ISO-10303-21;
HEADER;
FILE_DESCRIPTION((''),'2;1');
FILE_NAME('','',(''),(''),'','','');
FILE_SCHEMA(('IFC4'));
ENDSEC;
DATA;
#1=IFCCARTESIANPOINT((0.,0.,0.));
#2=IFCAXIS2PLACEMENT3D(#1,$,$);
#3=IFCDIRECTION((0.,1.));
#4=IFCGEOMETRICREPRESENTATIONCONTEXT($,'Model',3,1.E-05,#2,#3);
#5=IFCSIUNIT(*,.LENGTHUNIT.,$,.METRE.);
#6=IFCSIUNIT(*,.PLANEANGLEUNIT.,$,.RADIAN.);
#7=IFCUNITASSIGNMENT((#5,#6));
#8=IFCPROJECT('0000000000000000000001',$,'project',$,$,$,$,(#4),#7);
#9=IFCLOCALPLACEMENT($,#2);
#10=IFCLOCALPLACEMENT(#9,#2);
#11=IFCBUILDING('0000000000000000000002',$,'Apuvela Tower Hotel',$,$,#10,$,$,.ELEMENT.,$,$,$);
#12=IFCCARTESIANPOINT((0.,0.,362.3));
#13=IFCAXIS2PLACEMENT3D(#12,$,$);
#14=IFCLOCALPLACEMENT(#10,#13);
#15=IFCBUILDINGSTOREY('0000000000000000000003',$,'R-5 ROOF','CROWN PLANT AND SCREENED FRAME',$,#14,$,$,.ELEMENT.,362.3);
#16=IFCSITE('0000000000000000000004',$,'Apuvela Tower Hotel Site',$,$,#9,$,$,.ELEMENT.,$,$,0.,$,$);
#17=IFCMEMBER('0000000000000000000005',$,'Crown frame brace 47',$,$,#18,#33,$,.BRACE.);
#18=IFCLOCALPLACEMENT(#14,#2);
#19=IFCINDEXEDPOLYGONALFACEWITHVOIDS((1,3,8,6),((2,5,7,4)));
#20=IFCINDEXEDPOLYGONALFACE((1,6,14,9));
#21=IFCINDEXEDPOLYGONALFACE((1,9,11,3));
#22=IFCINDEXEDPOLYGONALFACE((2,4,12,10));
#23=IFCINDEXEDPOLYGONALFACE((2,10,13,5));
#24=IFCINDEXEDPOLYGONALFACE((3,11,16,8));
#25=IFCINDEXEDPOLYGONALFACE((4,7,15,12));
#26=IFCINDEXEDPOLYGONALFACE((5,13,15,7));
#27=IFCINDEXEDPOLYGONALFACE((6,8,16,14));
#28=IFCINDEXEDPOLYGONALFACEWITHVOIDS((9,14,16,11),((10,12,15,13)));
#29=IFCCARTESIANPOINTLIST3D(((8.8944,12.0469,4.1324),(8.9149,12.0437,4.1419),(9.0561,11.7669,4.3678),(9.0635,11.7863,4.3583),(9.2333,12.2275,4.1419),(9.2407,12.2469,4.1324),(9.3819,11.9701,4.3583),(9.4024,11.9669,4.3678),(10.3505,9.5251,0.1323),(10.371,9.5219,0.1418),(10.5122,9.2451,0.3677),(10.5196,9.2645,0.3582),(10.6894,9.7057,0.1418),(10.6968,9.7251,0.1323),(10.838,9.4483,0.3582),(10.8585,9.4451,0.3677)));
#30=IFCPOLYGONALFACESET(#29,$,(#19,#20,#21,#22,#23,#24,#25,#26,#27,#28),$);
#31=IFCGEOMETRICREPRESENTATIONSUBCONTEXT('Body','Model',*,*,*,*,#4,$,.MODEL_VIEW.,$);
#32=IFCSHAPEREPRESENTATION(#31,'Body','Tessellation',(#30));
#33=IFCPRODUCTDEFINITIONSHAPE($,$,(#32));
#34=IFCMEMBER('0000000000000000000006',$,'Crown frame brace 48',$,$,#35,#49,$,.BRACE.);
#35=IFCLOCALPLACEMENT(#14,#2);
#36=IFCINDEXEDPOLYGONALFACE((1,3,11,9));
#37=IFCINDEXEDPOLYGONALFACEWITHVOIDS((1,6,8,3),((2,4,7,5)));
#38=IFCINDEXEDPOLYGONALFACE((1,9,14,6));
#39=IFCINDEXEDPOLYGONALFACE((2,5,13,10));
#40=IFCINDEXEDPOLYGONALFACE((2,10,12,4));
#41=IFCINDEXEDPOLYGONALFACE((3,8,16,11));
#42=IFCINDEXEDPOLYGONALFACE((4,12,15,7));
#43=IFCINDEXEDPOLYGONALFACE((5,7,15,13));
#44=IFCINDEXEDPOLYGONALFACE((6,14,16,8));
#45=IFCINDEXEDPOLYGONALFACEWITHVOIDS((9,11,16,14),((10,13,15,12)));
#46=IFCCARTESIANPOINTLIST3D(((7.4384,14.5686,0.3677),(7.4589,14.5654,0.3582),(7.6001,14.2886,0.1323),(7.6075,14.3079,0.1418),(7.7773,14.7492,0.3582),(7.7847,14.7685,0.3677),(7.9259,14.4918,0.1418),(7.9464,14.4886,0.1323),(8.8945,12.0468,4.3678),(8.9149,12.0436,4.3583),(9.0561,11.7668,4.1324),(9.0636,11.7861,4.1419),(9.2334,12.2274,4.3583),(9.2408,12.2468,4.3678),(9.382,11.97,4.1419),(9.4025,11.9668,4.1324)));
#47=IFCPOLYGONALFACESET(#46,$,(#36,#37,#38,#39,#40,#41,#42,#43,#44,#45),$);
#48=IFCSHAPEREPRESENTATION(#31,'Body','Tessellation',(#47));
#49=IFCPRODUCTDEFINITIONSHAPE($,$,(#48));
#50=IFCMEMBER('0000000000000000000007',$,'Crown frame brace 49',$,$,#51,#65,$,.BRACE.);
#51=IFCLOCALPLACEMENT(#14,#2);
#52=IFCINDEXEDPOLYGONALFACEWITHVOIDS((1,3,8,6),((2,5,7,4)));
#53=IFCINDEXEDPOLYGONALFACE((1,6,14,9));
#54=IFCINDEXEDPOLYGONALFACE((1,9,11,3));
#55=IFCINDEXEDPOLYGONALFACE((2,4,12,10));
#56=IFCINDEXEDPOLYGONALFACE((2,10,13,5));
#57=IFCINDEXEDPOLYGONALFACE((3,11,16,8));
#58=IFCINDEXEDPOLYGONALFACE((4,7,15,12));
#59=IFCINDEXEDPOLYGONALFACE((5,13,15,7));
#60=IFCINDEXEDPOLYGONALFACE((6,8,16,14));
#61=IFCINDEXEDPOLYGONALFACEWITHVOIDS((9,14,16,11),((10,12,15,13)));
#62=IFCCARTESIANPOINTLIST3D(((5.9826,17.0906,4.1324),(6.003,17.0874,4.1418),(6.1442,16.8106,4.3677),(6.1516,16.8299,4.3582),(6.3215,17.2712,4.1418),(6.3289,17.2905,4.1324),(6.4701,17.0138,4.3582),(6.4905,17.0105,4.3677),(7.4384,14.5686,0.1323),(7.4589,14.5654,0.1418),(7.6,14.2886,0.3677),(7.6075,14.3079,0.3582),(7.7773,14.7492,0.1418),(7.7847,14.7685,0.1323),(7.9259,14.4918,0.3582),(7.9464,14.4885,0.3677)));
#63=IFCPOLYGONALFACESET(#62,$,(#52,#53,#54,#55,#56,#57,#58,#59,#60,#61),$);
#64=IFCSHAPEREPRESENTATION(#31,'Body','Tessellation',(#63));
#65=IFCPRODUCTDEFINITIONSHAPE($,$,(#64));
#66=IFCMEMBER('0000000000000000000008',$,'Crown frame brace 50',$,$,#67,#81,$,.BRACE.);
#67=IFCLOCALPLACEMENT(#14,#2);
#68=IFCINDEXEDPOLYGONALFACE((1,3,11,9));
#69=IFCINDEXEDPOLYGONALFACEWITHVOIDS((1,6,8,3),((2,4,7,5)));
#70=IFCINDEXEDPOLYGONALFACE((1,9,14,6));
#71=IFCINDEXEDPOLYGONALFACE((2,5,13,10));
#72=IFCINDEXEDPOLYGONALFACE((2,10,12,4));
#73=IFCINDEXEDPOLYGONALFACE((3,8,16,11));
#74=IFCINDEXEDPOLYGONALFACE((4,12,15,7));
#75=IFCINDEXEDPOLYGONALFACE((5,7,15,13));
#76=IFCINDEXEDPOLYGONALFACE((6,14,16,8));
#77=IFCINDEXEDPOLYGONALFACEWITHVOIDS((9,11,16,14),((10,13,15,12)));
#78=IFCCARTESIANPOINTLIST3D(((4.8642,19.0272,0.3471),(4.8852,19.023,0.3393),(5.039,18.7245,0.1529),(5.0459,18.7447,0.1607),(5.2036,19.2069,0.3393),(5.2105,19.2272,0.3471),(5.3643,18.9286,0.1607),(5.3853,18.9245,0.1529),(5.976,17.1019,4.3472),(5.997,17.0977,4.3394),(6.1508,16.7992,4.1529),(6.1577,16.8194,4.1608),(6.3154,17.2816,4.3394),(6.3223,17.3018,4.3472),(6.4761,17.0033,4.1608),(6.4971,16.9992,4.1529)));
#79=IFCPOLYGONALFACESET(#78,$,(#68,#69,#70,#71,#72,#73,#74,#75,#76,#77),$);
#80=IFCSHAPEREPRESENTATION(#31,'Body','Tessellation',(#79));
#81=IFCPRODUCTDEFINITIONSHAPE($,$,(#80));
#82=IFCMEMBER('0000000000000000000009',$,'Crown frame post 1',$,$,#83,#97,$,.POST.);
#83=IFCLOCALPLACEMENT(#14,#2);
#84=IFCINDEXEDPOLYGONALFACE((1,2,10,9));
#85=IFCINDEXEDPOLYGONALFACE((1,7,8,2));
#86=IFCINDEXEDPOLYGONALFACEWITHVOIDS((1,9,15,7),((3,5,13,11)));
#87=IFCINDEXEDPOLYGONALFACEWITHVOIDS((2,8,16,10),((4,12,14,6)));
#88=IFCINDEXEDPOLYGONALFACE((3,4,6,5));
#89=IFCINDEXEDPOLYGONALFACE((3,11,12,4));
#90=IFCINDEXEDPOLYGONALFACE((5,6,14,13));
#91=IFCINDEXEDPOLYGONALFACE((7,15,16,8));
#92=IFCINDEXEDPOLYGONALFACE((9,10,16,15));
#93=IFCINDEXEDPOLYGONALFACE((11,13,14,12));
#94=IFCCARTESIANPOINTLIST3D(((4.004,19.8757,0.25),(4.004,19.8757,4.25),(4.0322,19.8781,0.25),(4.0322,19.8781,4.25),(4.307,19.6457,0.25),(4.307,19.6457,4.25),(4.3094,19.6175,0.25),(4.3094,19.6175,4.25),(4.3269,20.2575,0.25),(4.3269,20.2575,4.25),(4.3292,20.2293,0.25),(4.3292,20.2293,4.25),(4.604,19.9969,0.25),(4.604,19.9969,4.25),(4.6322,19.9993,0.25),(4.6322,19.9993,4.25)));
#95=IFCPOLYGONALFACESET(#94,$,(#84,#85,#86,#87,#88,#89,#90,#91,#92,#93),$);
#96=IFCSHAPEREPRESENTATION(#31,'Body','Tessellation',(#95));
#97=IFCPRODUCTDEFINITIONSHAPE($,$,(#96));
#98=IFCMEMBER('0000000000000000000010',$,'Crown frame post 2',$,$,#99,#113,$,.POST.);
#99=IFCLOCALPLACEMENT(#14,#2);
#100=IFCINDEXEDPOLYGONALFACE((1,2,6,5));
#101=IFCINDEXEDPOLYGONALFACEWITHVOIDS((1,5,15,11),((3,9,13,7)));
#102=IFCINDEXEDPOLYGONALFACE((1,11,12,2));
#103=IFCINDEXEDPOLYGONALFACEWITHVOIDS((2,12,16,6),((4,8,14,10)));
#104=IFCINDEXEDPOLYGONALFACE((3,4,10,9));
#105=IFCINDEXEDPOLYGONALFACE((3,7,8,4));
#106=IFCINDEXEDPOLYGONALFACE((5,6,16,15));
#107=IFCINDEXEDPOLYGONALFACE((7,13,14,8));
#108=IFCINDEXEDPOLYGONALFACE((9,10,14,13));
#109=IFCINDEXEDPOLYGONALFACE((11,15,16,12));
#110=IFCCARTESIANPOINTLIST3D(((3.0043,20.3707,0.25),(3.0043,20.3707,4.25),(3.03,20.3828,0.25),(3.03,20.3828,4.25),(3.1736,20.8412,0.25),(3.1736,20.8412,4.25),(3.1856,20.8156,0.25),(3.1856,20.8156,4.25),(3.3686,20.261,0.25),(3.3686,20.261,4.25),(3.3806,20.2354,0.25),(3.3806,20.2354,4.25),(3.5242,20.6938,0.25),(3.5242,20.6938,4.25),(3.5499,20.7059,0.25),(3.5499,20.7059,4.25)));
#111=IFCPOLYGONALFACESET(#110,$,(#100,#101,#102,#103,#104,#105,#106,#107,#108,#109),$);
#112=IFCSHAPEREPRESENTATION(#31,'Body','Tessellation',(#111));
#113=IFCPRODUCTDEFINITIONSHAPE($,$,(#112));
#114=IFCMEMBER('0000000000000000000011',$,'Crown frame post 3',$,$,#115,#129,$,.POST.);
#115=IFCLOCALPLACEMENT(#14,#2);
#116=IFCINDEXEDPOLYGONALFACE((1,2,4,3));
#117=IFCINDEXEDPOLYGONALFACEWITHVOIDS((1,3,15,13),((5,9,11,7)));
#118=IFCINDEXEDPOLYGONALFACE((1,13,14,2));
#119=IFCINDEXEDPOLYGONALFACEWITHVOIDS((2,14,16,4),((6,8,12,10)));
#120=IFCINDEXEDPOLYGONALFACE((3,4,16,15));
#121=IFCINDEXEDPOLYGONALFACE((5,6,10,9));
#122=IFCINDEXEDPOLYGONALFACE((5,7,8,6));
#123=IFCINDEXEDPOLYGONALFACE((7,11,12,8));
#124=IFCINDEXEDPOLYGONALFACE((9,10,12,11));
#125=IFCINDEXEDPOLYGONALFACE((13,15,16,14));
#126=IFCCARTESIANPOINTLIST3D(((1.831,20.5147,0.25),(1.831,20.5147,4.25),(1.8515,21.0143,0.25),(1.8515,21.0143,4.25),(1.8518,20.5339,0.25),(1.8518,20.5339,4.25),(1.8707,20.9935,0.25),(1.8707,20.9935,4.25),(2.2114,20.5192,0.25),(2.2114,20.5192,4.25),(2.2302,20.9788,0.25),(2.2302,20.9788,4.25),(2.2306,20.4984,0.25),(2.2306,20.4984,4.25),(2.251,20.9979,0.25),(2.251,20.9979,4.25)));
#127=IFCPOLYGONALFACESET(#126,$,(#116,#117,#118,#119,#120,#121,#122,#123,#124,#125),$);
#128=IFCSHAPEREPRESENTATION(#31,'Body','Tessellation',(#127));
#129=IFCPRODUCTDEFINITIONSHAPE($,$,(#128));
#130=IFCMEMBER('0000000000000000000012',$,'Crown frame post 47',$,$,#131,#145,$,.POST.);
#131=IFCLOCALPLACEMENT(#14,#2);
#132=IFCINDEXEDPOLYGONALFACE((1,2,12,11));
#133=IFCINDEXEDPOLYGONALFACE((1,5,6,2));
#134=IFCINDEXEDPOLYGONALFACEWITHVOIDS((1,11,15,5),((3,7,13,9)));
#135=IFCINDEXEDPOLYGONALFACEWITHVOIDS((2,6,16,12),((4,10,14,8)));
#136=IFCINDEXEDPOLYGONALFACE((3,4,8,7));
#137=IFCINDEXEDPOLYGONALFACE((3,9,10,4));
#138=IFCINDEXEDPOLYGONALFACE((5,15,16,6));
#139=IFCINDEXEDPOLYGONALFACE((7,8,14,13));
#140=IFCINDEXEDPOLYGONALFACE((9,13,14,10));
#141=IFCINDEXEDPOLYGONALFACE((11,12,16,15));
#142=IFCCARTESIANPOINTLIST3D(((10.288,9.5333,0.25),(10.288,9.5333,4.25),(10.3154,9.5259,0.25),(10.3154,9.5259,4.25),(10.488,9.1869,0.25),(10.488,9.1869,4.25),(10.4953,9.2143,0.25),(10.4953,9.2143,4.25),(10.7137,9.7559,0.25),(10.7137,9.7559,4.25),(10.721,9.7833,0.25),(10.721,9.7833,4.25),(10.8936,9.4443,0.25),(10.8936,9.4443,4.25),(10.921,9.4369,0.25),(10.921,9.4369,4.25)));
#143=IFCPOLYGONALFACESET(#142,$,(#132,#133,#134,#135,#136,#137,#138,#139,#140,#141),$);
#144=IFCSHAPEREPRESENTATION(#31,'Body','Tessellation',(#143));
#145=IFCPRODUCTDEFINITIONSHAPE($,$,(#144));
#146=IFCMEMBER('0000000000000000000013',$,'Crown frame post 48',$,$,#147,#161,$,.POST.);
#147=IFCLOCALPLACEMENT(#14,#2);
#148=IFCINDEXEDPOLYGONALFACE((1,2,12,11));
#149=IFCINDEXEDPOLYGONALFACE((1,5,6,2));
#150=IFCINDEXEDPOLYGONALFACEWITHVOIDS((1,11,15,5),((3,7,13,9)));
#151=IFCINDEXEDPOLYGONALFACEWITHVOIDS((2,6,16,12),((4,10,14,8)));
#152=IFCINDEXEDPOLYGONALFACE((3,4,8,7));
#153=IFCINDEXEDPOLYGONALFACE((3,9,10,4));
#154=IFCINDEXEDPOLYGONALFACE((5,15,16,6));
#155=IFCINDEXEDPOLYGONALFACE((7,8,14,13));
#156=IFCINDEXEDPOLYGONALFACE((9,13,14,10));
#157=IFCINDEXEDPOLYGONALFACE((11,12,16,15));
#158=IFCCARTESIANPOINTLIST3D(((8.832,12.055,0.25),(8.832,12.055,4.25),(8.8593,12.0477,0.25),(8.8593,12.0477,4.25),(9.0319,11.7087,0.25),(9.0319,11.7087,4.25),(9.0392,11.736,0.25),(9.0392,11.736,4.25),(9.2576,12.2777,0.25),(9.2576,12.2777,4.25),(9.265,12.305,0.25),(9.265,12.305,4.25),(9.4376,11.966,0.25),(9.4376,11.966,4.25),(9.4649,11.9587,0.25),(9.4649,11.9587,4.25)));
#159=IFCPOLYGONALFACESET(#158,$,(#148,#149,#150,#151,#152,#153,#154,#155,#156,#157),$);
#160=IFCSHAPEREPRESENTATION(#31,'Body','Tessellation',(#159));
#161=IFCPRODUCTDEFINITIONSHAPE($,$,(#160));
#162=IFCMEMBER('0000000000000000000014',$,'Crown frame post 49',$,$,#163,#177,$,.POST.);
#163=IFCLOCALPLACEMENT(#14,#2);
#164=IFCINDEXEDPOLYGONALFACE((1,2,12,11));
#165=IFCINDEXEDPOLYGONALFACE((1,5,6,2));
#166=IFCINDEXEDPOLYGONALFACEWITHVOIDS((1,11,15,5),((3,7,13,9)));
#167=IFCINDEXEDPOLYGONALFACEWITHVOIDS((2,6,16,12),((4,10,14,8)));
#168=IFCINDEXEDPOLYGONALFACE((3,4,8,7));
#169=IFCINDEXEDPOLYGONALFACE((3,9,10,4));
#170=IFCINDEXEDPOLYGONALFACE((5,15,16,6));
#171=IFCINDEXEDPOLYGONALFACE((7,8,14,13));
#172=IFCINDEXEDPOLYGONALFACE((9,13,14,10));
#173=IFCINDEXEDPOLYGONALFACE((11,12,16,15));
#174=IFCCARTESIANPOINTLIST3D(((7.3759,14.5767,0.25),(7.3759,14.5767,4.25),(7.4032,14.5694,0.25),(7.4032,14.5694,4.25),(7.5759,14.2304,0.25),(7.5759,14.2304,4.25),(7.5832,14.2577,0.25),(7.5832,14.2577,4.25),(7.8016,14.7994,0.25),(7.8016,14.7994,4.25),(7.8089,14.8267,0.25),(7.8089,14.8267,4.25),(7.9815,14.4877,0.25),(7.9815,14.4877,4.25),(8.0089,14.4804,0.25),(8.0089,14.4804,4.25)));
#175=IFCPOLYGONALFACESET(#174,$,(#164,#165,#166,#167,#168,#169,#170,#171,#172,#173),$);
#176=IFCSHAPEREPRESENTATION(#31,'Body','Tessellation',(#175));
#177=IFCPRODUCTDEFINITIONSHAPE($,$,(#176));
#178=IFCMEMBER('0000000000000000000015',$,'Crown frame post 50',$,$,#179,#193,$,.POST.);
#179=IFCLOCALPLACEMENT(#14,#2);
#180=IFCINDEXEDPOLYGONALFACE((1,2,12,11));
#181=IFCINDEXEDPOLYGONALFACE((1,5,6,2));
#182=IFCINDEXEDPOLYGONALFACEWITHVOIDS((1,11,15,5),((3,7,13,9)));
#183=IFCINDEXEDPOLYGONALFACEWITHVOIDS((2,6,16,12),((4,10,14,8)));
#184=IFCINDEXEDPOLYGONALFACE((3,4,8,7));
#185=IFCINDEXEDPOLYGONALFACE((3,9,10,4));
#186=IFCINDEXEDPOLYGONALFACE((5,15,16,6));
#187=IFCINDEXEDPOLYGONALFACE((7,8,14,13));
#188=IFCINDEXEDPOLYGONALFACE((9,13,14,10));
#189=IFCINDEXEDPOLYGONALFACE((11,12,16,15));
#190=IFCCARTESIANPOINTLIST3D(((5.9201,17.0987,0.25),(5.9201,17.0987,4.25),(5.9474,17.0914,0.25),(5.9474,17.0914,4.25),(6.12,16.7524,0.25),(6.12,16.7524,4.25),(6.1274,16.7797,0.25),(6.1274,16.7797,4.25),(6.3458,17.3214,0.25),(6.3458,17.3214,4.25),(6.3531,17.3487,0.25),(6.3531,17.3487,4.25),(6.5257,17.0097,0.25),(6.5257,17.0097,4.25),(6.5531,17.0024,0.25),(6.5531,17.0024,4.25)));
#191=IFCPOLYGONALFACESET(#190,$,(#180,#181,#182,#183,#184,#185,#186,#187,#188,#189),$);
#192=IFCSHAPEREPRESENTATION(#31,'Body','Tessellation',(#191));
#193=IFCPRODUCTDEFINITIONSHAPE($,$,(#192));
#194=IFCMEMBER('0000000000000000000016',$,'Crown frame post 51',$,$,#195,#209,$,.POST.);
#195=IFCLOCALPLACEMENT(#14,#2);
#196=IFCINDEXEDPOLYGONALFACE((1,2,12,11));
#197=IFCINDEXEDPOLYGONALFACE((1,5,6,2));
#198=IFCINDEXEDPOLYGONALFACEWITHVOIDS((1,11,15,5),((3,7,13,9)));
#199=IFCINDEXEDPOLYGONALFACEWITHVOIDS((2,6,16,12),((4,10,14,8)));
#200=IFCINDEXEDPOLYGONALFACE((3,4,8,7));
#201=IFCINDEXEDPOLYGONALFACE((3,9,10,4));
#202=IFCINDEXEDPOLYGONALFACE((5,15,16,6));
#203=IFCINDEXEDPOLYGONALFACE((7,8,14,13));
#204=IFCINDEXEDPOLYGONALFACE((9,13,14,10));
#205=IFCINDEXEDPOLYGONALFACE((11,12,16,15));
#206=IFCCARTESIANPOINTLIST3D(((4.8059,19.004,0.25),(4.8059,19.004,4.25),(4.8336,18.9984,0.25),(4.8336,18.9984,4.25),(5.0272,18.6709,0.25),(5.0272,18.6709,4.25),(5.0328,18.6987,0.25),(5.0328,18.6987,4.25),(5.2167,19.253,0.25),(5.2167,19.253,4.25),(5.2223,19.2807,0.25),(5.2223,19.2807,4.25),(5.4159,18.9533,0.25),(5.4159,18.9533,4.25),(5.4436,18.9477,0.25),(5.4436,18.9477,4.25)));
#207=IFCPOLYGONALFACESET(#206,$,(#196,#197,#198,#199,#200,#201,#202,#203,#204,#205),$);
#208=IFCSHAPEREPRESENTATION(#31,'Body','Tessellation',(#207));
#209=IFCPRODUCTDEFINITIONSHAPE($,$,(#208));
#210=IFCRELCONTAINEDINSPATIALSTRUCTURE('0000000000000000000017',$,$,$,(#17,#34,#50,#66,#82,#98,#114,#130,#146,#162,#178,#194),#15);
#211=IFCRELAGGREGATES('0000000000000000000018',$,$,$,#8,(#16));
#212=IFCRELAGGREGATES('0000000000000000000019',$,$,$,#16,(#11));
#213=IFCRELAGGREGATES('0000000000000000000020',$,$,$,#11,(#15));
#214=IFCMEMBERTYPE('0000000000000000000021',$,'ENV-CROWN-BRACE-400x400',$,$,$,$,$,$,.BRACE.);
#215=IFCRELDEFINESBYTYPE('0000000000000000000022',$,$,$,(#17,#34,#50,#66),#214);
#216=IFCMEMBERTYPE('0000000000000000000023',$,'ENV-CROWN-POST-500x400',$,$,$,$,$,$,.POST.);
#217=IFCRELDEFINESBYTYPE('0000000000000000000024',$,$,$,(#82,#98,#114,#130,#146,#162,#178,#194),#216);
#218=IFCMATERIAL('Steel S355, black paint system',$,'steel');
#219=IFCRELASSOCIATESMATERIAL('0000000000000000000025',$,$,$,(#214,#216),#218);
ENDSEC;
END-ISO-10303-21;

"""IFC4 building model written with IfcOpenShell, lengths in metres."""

from ifc_helpers import new_model, si_unit, direction, frame, origin, origin_2d, place, context, subcontext, project, spatial, hollow_rectangle, extrude, material, material_profile, profile_set, type_object, element, save


model = new_model("IFC4")

# Units and contexts
model_context = context("Model", 3, precision=1e-05, world=origin(), true_north=direction((0.0, 1.0)))
body_context = subcontext(model_context, "Body", "Model", "MODEL_VIEW")
ifc_project = project(units=[si_unit("LENGTHUNIT", "METRE"), si_unit("PLANEANGLEUNIT", "RADIAN")], contexts=[model_context])

# Site, building, storey
site_placement = place(None, origin())
site = spatial("IfcSite", under=ifc_project, at=site_placement, Name="Apuvela Tower Hotel Site", CompositionType="ELEMENT", RefElevation=0.0)
building_placement = place(site_placement, origin())
building = spatial("IfcBuilding", under=site, at=building_placement, Name="Apuvela Tower Hotel", CompositionType="ELEMENT")
storey_placement = place(building_placement, frame((0.0, 0.0, 362.3)))
storey = spatial("IfcBuildingStorey", under=building, at=storey_placement, Name="R-5 ROOF", Description="CROWN PLANT AND SCREENED FRAME", CompositionType="ELEMENT", Elevation=362.3)

# Members
ifc_material_1 = material(Name="Steel S355, black paint system", Category="steel")
ifc_material_profile_1 = material_profile(ifc_material_1, hollow_rectangle(XDim=0.3999, YDim=0.3999, WallThickness=0.0161, at=origin_2d()), Name="HSS 400x400x16")
ifc_profile_set_1 = profile_set([ifc_material_profile_1], Name="Steel S355, black paint system")
member_type_1 = type_object("IfcMemberType", Name="ENV-CROWN-BRACE-400x400", PredefinedType="BRACE", material=ifc_profile_set_1)
for number, where, z_axis, x_axis, name in (
    (1, (10.6045, 9.4851, 0.25), (-0.294292, 0.509682, 0.808465), (-0.866005, -0.500035, 0.0), "Crown frame brace 47"),
    (2, (7.6924, 14.5286, 0.25), (0.294292, -0.509682, 0.808465), (0.866005, 0.500035, 0.0), "Crown frame brace 48"),
    (3, (7.6924, 14.5286, 0.25), (-0.29424, 0.509726, 0.808457), (-0.866063, -0.499935, 0.0), "Crown frame brace 49"),
):
    element("IfcMember", number, at=place(storey_placement, frame(where, z_axis=z_axis, x_axis=x_axis)), inside=storey, type_object=member_type_1, Name=name, PredefinedType="BRACE", context=body_context, shape_type="SweptSolid", body=[
        extrude(hollow_rectangle(XDim=0.3999, YDim=0.3999, WallThickness=0.0161, at=origin_2d()), origin(), (0.0, 0.0, 1.0), 4.9478),
    ])
member_1_placement = place(storey_placement, frame((5.1248, 18.9758, 0.25), z_axis=(0.242949, -0.420706, 0.874061), x_axis=(0.865977, 0.500084, 0.0)))
element("IfcMember", 4, at=member_1_placement, inside=storey, type_object=member_type_1, Name="Crown frame brace 50", PredefinedType="BRACE", context=body_context, shape_type="SweptSolid", body=[
    extrude(hollow_rectangle(XDim=0.3999, YDim=0.3999, WallThickness=0.0161, at=origin_2d()), origin(), (0.0, 0.0, 1.0), 4.5764),
])
ifc_material_profile_2 = material_profile(ifc_material_1, hollow_rectangle(XDim=0.3999, YDim=0.5, WallThickness=0.02, at=origin_2d()), Name="HSS 500x400x20")
ifc_profile_set_2 = profile_set([ifc_material_profile_2], Name="Steel S355, black paint system")
member_type_2 = type_object("IfcMemberType", Name="ENV-CROWN-POST-500x400", PredefinedType="POST", material=ifc_profile_set_2)
for number, where, z_axis, x_axis, name in (
    (5, (4.3181, 19.9375, 0.25), (0.0, 0.0, 1.0), (-0.76358, 0.645714, 0.0), "Crown frame post 1"),
    (6, (3.2771, 20.5383, 0.25), (0.0, 0.0, 1.0), (-0.940994, 0.338423, 0.0), "Crown frame post 2"),
    (7, (2.041, 20.7563, 0.25), (0.0, 0.0, 1.0), (-0.999161, 0.040951, 0.0), "Crown frame post 3"),
    (8, (10.6045, 9.4851, 0.25), (0.0, 0.0, 1.0), (-0.5, 0.866025, 0.0), "Crown frame post 47"),
    (9, (9.1484, 12.0068, 0.25), (0.0, 0.0, 1.0), (-0.5, 0.866025, 0.0), "Crown frame post 48"),
    (10, (7.6924, 14.5286, 0.25), (0.0, 0.0, 1.0), (-0.5, 0.866025, 0.0), "Crown frame post 49"),
    (11, (6.2366, 17.0505, 0.25), (0.0, 0.0, 1.0), (-0.5, 0.866025, 0.0), "Crown frame post 50"),
    (12, (5.1248, 18.9758, 0.25), (0.0, 0.0, 1.0), (-0.553467, 0.832871, 0.0), "Crown frame post 51"),
):
    element("IfcMember", number, at=place(storey_placement, frame(where, z_axis=z_axis, x_axis=x_axis)), inside=storey, type_object=member_type_2, Name=name, PredefinedType="POST", context=body_context, shape_type="SweptSolid", body=[
        extrude(hollow_rectangle(XDim=0.3999, YDim=0.5, WallThickness=0.02, at=origin_2d()), origin(), (0.0, 0.0, 1.0), 4.0),
    ])

save(model, "model.ifc")
